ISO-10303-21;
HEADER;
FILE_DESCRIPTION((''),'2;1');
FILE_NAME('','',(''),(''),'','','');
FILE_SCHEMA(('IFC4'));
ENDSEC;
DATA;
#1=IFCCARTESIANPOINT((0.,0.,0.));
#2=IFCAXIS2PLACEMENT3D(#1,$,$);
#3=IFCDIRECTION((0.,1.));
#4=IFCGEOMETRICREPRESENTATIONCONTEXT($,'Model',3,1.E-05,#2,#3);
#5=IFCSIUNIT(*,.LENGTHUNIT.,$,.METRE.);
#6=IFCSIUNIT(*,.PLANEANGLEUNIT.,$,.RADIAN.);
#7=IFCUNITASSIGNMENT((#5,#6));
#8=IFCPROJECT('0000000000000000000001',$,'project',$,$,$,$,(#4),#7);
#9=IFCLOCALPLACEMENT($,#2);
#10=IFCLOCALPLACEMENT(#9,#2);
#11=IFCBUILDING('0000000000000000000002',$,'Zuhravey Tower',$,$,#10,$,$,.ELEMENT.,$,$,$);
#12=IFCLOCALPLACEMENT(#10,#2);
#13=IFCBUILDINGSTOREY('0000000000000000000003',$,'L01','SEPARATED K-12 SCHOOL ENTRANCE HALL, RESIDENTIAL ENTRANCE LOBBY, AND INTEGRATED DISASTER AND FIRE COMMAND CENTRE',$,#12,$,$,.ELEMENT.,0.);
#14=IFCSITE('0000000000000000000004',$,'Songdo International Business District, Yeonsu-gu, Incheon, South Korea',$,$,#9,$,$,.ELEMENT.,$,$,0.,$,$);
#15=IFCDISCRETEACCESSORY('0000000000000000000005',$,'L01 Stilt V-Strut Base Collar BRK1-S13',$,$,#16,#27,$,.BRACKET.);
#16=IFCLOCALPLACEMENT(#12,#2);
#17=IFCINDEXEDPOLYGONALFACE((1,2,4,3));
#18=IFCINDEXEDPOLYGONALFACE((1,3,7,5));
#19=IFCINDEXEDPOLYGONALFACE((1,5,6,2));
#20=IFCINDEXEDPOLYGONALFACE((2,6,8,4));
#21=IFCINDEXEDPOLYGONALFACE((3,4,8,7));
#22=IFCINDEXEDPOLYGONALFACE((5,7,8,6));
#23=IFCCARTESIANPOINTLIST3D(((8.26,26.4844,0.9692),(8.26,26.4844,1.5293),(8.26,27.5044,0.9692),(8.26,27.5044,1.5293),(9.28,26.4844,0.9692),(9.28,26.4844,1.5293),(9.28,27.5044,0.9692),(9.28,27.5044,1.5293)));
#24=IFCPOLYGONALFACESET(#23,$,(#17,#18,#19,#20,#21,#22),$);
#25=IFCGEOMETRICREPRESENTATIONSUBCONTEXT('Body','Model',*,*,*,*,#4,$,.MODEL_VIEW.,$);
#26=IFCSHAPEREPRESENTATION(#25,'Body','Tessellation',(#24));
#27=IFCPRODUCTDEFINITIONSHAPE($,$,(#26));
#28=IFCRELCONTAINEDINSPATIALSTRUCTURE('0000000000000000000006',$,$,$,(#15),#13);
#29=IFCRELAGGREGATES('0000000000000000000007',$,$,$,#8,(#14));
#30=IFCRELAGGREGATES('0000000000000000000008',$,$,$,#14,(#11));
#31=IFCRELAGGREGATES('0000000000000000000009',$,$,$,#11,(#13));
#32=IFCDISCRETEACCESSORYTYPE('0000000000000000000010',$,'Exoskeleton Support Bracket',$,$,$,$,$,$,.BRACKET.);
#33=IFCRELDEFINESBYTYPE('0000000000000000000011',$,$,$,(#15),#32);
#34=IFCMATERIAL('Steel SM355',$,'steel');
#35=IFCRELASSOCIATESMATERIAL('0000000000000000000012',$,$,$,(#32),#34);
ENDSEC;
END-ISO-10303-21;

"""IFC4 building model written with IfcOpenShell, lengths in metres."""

from ifc_helpers import new_model, si_unit, direction, frame, origin, origin_2d, place, context, subcontext, project, spatial, rectangle, extrude, material, type_object, element, save


model = new_model("IFC4")

# Units and contexts
model_context = context("Model", 3, precision=1e-05, world=origin(), true_north=direction((0.0, 1.0)))
body_context = subcontext(model_context, "Body", "Model", "MODEL_VIEW")
ifc_project = project(units=[si_unit("LENGTHUNIT", "METRE"), si_unit("PLANEANGLEUNIT", "RADIAN")], contexts=[model_context])

# Site, building, storey
site_placement = place(None, origin())
site = spatial("IfcSite", under=ifc_project, at=site_placement, Name="Songdo International Business District, Yeonsu-gu, Incheon, South Korea", CompositionType="ELEMENT", RefElevation=0.0)
building_placement = place(site_placement, origin())
building = spatial("IfcBuilding", under=site, at=building_placement, Name="Zuhravey Tower", CompositionType="ELEMENT")
storey_placement = place(building_placement, origin())
storey = spatial("IfcBuildingStorey", under=building, at=storey_placement, Name="L01", Description="SEPARATED K-12 SCHOOL ENTRANCE HALL, RESIDENTIAL ENTRANCE LOBBY, AND INTEGRATED DISASTER AND FIRE COMMAND CENTRE", CompositionType="ELEMENT", Elevation=0.0)

# Discrete accessory
ifc_material_1 = material(Name="Steel SM355", Category="steel")
discrete_accessory_type = type_object("IfcDiscreteAccessoryType", Name="Exoskeleton Support Bracket", PredefinedType="BRACKET", material=ifc_material_1)
discrete_accessory_placement = place(storey_placement, frame((8.77, 26.9944, 0.9692), z_axis=(0.0, 0.0, 1.0), x_axis=(1.0, 0.0, 0.0)))
element("IfcDiscreteAccessory", 1, at=discrete_accessory_placement, inside=storey, type_object=discrete_accessory_type, Name="L01 Stilt V-Strut Base Collar BRK1-S13", PredefinedType="BRACKET", context=body_context, shape_type="SweptSolid", body=[
    extrude(rectangle(XDim=1.02, YDim=1.02, at=origin_2d()), origin(), (0.0, 0.0, 1.0), 0.5601),
])

save(model, "model.ifc")
